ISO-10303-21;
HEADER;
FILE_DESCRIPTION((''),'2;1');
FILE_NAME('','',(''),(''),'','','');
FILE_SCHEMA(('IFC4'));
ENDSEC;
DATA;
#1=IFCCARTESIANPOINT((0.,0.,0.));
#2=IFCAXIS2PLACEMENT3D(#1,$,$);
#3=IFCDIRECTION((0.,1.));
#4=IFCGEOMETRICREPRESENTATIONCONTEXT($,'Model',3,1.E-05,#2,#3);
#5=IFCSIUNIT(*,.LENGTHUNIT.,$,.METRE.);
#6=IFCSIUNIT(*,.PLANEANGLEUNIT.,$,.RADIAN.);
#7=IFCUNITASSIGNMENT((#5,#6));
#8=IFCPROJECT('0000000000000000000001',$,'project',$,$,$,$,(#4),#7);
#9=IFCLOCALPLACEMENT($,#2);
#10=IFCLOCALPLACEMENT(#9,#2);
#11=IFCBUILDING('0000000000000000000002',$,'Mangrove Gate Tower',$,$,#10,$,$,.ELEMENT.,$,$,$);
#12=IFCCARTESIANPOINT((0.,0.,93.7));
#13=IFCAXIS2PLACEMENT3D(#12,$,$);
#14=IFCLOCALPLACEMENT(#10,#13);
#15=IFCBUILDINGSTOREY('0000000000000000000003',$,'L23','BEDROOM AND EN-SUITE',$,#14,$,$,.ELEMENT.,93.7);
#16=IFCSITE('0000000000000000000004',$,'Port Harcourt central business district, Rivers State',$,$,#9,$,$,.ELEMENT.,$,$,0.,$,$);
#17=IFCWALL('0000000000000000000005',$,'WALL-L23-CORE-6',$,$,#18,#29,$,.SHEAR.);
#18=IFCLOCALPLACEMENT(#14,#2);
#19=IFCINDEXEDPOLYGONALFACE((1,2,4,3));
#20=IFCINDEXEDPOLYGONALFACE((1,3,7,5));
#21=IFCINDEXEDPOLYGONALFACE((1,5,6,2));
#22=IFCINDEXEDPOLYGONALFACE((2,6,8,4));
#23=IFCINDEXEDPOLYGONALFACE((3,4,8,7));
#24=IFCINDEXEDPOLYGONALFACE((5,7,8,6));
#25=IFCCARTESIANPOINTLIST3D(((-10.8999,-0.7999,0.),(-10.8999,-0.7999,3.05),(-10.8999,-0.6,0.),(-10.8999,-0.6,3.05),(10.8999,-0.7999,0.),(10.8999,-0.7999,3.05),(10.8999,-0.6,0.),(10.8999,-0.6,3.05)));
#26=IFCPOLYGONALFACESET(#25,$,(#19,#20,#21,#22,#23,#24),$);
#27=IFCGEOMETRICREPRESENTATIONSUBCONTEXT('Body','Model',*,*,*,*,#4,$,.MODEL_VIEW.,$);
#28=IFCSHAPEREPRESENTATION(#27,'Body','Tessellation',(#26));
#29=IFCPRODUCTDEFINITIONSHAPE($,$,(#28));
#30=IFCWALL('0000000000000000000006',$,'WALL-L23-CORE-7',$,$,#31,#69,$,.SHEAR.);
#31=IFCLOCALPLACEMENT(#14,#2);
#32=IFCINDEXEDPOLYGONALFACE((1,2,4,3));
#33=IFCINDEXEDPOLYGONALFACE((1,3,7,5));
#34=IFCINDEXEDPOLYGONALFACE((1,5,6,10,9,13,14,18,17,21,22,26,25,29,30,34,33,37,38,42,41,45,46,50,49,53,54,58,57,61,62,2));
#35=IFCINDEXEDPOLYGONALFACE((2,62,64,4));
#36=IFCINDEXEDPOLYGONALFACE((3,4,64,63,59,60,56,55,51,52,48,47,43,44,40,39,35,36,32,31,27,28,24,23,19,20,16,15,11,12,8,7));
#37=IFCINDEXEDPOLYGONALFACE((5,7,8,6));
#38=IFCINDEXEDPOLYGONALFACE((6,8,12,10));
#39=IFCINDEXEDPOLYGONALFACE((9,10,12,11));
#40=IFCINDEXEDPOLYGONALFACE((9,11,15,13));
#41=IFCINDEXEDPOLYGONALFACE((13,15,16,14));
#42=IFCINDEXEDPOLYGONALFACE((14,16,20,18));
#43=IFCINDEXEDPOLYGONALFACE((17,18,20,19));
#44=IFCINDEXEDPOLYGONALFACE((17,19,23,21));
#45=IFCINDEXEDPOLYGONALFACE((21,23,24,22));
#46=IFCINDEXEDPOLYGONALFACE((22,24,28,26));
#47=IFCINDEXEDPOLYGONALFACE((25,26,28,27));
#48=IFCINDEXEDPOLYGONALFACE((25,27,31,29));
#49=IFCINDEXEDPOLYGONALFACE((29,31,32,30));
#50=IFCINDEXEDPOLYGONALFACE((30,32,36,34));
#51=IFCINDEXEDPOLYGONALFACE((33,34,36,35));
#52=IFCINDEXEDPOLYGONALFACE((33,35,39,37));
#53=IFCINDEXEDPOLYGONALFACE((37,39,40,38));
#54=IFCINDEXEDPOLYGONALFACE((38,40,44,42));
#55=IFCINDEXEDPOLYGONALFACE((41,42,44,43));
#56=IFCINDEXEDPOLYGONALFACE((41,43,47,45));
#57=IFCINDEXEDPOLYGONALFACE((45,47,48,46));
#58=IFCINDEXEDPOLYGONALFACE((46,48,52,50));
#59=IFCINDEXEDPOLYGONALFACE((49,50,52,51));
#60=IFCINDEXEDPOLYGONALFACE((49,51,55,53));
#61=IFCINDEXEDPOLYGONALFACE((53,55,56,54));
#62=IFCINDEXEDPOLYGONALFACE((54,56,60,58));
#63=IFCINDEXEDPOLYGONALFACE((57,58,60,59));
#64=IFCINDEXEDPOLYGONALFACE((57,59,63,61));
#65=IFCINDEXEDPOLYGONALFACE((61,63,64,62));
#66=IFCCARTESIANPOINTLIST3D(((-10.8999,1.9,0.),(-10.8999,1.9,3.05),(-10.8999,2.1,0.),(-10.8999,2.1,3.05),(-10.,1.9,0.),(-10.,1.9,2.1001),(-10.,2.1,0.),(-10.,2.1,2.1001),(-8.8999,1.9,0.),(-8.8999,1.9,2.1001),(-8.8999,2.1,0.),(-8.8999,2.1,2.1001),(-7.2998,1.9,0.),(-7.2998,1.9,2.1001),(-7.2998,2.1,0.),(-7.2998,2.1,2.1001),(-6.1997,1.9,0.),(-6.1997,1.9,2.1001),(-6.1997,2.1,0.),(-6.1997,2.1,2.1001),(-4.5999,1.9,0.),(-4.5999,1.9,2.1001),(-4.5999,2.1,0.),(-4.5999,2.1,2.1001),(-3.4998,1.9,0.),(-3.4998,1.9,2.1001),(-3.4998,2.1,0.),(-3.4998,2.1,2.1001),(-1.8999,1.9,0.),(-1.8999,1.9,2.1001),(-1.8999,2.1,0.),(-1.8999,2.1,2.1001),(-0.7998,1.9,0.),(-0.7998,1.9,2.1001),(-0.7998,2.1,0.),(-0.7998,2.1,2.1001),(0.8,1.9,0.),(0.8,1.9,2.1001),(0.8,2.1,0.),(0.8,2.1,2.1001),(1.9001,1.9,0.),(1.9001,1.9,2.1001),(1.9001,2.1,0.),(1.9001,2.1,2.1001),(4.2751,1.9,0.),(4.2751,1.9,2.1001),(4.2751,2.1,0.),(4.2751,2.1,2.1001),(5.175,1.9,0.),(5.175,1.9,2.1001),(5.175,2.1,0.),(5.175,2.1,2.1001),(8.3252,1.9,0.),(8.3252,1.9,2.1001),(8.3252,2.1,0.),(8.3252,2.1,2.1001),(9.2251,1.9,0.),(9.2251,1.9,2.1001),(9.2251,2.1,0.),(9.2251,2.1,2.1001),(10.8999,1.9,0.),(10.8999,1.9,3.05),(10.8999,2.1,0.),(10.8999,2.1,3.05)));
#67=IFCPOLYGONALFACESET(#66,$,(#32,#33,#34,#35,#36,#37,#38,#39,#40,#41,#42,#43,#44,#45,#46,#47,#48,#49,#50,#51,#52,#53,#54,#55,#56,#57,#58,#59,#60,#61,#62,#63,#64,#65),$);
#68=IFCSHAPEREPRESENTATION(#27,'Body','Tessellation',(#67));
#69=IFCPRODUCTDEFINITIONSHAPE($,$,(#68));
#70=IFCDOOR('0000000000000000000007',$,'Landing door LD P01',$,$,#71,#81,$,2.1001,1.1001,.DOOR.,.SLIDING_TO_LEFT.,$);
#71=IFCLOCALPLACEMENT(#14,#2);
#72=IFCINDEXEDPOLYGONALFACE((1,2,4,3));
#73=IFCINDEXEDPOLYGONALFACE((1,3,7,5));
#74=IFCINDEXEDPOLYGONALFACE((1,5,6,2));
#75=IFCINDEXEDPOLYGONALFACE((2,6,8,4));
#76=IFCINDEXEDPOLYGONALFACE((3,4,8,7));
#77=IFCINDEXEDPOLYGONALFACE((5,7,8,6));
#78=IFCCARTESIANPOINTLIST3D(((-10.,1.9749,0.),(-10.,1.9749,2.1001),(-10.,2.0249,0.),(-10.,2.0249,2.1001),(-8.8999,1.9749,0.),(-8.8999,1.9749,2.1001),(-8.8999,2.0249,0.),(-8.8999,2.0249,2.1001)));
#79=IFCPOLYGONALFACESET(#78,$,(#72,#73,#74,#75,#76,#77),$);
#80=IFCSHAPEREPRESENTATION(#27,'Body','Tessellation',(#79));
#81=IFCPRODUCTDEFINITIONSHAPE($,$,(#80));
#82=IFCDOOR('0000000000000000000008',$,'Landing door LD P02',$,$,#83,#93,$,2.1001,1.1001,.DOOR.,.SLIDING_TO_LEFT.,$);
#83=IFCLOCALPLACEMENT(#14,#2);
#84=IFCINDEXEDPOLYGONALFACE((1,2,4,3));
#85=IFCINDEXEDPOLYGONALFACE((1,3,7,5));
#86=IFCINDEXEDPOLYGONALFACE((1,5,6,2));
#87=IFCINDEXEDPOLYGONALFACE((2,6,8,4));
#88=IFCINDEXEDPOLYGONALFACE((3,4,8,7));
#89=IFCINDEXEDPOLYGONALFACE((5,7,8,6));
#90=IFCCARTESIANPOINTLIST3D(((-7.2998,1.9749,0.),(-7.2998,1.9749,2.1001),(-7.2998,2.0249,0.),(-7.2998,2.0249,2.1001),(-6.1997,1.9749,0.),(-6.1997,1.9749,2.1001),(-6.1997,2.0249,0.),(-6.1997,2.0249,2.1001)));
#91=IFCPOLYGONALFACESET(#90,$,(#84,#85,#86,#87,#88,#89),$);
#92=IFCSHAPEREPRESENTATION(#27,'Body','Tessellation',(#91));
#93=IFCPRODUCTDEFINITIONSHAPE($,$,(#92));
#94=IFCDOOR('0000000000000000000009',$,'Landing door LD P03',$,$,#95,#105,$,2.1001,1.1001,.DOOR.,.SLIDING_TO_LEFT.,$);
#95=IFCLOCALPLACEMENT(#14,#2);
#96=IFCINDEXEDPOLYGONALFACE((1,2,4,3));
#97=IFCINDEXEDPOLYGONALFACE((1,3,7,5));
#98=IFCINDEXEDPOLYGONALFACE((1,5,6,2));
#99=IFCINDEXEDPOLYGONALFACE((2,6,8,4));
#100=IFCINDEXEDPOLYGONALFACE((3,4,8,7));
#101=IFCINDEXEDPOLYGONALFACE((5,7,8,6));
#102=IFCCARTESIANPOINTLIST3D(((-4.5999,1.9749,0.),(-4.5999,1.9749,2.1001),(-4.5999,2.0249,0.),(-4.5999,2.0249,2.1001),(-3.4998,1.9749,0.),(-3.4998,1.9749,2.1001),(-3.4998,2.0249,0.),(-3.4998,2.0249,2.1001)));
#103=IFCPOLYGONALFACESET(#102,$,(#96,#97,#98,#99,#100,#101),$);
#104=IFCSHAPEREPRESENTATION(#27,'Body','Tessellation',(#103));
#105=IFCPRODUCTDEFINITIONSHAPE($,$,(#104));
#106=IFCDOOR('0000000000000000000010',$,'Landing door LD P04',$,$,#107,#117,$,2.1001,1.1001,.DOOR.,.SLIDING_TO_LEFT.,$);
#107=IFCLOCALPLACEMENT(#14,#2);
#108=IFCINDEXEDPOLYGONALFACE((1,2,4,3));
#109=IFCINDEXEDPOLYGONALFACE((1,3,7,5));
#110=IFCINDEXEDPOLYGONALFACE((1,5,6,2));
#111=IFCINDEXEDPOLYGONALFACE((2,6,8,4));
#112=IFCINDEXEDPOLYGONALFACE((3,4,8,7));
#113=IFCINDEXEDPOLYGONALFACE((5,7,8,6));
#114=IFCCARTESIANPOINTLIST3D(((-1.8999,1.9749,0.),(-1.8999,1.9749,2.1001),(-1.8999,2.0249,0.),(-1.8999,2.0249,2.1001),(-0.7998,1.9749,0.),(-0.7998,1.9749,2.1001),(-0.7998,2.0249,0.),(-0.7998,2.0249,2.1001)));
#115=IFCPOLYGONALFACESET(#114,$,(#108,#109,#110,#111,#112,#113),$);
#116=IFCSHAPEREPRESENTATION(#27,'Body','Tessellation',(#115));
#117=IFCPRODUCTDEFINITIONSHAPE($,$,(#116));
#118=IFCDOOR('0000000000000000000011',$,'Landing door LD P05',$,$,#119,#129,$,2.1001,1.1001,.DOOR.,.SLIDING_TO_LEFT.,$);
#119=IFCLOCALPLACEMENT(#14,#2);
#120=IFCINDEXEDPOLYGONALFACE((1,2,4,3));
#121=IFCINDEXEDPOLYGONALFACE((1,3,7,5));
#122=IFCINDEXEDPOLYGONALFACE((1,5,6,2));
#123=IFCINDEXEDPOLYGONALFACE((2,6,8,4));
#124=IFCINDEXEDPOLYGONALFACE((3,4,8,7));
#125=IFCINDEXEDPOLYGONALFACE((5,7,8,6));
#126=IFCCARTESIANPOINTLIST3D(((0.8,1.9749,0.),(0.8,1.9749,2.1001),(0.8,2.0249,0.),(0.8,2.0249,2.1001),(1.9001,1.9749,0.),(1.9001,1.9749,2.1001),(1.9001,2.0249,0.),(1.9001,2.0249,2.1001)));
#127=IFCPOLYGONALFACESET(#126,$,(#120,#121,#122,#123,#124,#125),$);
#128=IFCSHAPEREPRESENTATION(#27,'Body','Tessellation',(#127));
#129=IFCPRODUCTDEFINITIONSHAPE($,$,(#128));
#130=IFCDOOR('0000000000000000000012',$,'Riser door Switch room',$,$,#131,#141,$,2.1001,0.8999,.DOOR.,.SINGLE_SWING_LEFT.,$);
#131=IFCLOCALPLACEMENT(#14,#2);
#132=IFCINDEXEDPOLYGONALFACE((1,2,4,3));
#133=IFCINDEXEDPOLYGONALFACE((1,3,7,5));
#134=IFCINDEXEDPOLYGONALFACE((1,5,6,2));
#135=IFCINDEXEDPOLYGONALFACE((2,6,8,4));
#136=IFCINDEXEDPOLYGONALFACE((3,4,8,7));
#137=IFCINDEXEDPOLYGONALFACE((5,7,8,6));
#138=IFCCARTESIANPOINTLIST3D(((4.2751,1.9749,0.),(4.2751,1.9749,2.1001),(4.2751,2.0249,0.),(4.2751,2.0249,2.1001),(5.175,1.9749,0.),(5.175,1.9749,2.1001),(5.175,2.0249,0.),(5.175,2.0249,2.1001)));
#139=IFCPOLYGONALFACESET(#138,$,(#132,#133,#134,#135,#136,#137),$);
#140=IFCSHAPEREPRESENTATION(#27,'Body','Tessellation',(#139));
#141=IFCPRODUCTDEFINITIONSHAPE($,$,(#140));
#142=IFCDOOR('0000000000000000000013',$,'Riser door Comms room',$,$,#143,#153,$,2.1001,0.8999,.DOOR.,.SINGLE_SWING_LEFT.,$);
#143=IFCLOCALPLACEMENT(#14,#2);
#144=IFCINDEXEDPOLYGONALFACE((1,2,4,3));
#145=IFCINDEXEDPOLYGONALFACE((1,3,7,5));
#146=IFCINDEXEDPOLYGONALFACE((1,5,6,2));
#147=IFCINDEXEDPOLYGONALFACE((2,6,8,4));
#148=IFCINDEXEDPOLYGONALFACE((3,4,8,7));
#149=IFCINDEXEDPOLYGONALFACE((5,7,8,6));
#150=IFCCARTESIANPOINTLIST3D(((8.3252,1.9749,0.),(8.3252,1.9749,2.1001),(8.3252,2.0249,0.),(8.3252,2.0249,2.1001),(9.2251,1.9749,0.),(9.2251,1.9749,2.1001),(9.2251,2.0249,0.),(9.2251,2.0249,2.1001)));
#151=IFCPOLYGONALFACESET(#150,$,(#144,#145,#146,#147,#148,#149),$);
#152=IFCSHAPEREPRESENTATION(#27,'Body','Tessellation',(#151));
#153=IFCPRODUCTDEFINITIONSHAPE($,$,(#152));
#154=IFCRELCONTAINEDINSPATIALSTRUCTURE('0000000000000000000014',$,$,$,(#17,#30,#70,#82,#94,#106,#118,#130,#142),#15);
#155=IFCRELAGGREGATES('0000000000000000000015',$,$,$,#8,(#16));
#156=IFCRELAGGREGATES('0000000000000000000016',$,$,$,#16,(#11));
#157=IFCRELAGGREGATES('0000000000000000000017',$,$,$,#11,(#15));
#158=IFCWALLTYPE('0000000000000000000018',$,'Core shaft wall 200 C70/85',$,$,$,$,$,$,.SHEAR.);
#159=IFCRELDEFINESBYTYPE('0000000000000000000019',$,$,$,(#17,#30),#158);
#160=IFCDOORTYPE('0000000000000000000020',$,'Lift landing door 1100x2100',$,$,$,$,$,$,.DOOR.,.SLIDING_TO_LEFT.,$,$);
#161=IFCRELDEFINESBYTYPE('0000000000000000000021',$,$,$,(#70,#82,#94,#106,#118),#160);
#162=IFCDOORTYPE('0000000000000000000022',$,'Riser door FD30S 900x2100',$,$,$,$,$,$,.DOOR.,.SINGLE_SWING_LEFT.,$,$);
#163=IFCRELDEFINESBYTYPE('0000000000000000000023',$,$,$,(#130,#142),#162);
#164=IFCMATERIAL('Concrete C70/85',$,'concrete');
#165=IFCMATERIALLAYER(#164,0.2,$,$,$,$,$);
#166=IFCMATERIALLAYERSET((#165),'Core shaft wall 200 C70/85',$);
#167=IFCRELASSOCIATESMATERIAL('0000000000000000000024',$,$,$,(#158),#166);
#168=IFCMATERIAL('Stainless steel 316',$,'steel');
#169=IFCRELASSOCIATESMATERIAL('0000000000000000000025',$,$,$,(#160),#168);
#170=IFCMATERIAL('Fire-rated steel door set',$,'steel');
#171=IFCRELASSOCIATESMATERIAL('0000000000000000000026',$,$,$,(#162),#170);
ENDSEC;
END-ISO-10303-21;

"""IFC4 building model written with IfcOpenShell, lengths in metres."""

from ifc_helpers import new_model, si_unit, direction, frame, frame_2d, origin, place, context, subcontext, project, spatial, rectangle, extrude, material, layer, layer_set, type_object, element, fill, save


model = new_model("IFC4")

# Units and contexts
model_context = context("Model", 3, precision=1e-05, world=origin(), true_north=direction((0.0, 1.0)))
body_context = subcontext(model_context, "Body", "Model", "MODEL_VIEW")
ifc_project = project(units=[si_unit("LENGTHUNIT", "METRE"), si_unit("PLANEANGLEUNIT", "RADIAN")], contexts=[model_context])

# Site, building, storey
site_placement = place(None, origin())
site = spatial("IfcSite", under=ifc_project, at=site_placement, Name="Port Harcourt central business district, Rivers State", CompositionType="ELEMENT", RefElevation=0.0)
building_placement = place(site_placement, origin())
building = spatial("IfcBuilding", under=site, at=building_placement, Name="Mangrove Gate Tower", CompositionType="ELEMENT")
storey_placement = place(building_placement, frame((0.0, 0.0, 93.7)))
storey = spatial("IfcBuildingStorey", under=building, at=storey_placement, Name="L23", Description="BEDROOM AND EN-SUITE", CompositionType="ELEMENT", Elevation=93.7)

# Wall
ifc_material_1 = material(Name="Concrete C70/85", Category="concrete")
ifc_layer_1 = layer(ifc_material_1, 0.2)
ifc_layer_set_1 = layer_set([ifc_layer_1], Name="Core shaft wall 200 C70/85")
wall_type_1 = type_object("IfcWallType", Name="Core shaft wall 200 C70/85", PredefinedType="SHEAR", material=ifc_layer_set_1)
wall_1_placement = place(storey_placement, frame((-10.8999, -0.7, 0.0), z_axis=(0.0, 0.0, 1.0), x_axis=(1.0, 0.0, 0.0)))
element("IfcWall", 1, at=wall_1_placement, inside=storey, type_object=wall_type_1, Name="WALL-L23-CORE-6", PredefinedType="SHEAR", context=body_context, shape_type="SweptSolid", body=[
    extrude(rectangle(XDim=21.7998, YDim=0.2, at=frame_2d((10.8999, 0.0))), origin(), (0.0, 0.0, 1.0), 3.05),
])

# Wall, openings, doors
wall_2_placement = place(storey_placement, frame((-10.8999, 2.0, 0.0), z_axis=(0.0, 0.0, 1.0), x_axis=(1.0, 0.0, 0.0)))
wall_2 = element("IfcWall", 2, at=wall_2_placement, inside=storey, type_object=wall_type_1, Name="WALL-L23-CORE-7", PredefinedType="SHEAR", context=body_context, shape_type="SweptSolid", body=[
    extrude(rectangle(XDim=21.7998, YDim=0.2, at=frame_2d((10.8999, 0.0))), origin(), (0.0, 0.0, 1.0), 3.05),
])
opening_1_placement = place(wall_2_placement, frame((0.8999, 0.0, 0.0)))
opening_1 = element("IfcOpeningElement", 3, at=opening_1_placement, cuts=wall_2, PredefinedType="OPENING", context=body_context, shape_type="SweptSolid", body=[
    extrude(rectangle(XDim=1.1001, YDim=2.1001, at=frame_2d((0.55, 1.05))), frame((0.0, 0.1099, 0.0), z_axis=(0.0, -1.0, 0.0), x_axis=(1.0, 0.0, 0.0)), (0.0, 0.0, 1.0), 0.22),
])
opening_2_placement = place(wall_2_placement, frame((3.6001, 0.0, 0.0)))
opening_2 = element("IfcOpeningElement", 4, at=opening_2_placement, cuts=wall_2, PredefinedType="OPENING", context=body_context, shape_type="SweptSolid", body=[
    extrude(rectangle(XDim=1.1001, YDim=2.1001, at=frame_2d((0.55, 1.05))), frame((0.0, 0.1099, 0.0), z_axis=(0.0, -1.0, 0.0), x_axis=(1.0, 0.0, 0.0)), (0.0, 0.0, 1.0), 0.22),
])
opening_3_placement = place(wall_2_placement, frame((6.3, 0.0, 0.0)))
opening_3 = element("IfcOpeningElement", 5, at=opening_3_placement, cuts=wall_2, PredefinedType="OPENING", context=body_context, shape_type="SweptSolid", body=[
    extrude(rectangle(XDim=1.1001, YDim=2.1001, at=frame_2d((0.55, 1.05))), frame((0.0, 0.1099, 0.0), z_axis=(0.0, -1.0, 0.0), x_axis=(1.0, 0.0, 0.0)), (0.0, 0.0, 1.0), 0.22),
])
opening_4_placement = place(wall_2_placement, frame((9.0, 0.0, 0.0)))
opening_4 = element("IfcOpeningElement", 6, at=opening_4_placement, cuts=wall_2, PredefinedType="OPENING", context=body_context, shape_type="SweptSolid", body=[
    extrude(rectangle(XDim=1.1001, YDim=2.1001, at=frame_2d((0.55, 1.05))), frame((0.0, 0.1099, 0.0), z_axis=(0.0, -1.0, 0.0), x_axis=(1.0, 0.0, 0.0)), (0.0, 0.0, 1.0), 0.22),
])
opening_5_placement = place(wall_2_placement, frame((11.7, 0.0, 0.0)))
opening_5 = element("IfcOpeningElement", 7, at=opening_5_placement, cuts=wall_2, PredefinedType="OPENING", context=body_context, shape_type="SweptSolid", body=[
    extrude(rectangle(XDim=1.1001, YDim=2.1001, at=frame_2d((0.55, 1.05))), frame((0.0, 0.1099, 0.0), z_axis=(0.0, -1.0, 0.0), x_axis=(1.0, 0.0, 0.0)), (0.0, 0.0, 1.0), 0.22),
])
opening_6_placement = place(wall_2_placement, frame((15.175, 0.0, 0.0)))
opening_6 = element("IfcOpeningElement", 8, at=opening_6_placement, cuts=wall_2, PredefinedType="OPENING", context=body_context, shape_type="SweptSolid", body=[
    extrude(rectangle(XDim=0.8999, YDim=2.1001, at=frame_2d((0.45, 1.05))), frame((0.0, 0.1099, 0.0), z_axis=(0.0, -1.0, 0.0), x_axis=(1.0, 0.0, 0.0)), (0.0, 0.0, 1.0), 0.22),
])
opening_7_placement = place(wall_2_placement, frame((19.2251, 0.0, 0.0)))
opening_7 = element("IfcOpeningElement", 9, at=opening_7_placement, cuts=wall_2, PredefinedType="OPENING", context=body_context, shape_type="SweptSolid", body=[
    extrude(rectangle(XDim=0.8999, YDim=2.1001, at=frame_2d((0.45, 1.05))), frame((0.0, 0.1099, 0.0), z_axis=(0.0, -1.0, 0.0), x_axis=(1.0, 0.0, 0.0)), (0.0, 0.0, 1.0), 0.22),
])
ifc_material_2 = material(Name="Stainless steel 316", Category="steel")
door_type_1 = type_object("IfcDoorType", Name="Lift landing door 1100x2100", OperationType="SLIDING_TO_LEFT", PredefinedType="DOOR", material=ifc_material_2)
door_1_placement = place(opening_1_placement, origin())
door_1 = element("IfcDoor", 10, at=door_1_placement, inside=storey, type_object=door_type_1, Name="Landing door LD P01", OperationType="SLIDING_TO_LEFT", OverallHeight=2.1001, OverallWidth=1.1001, PredefinedType="DOOR", context=body_context, shape_type="SweptSolid", body=[
    extrude(rectangle(XDim=1.1001, YDim=2.1001, at=frame_2d((0.55, 1.05))), frame((0.0, 0.0249, 0.0), z_axis=(0.0, -1.0, 0.0), x_axis=(1.0, 0.0, 0.0)), (0.0, 0.0, 1.0), 0.05),
])
fill(opening_1, door_1)
door_2_placement = place(opening_2_placement, origin())
door_2 = element("IfcDoor", 11, at=door_2_placement, inside=storey, type_object=door_type_1, Name="Landing door LD P02", OperationType="SLIDING_TO_LEFT", OverallHeight=2.1001, OverallWidth=1.1001, PredefinedType="DOOR", context=body_context, shape_type="SweptSolid", body=[
    extrude(rectangle(XDim=1.1001, YDim=2.1001, at=frame_2d((0.55, 1.05))), frame((0.0, 0.0249, 0.0), z_axis=(0.0, -1.0, 0.0), x_axis=(1.0, 0.0, 0.0)), (0.0, 0.0, 1.0), 0.05),
])
fill(opening_2, door_2)
door_3_placement = place(opening_3_placement, origin())
door_3 = element("IfcDoor", 12, at=door_3_placement, inside=storey, type_object=door_type_1, Name="Landing door LD P03", OperationType="SLIDING_TO_LEFT", OverallHeight=2.1001, OverallWidth=1.1001, PredefinedType="DOOR", context=body_context, shape_type="SweptSolid", body=[
    extrude(rectangle(XDim=1.1001, YDim=2.1001, at=frame_2d((0.55, 1.05))), frame((0.0, 0.0249, 0.0), z_axis=(0.0, -1.0, 0.0), x_axis=(1.0, 0.0, 0.0)), (0.0, 0.0, 1.0), 0.05),
])
fill(opening_3, door_3)
door_4_placement = place(opening_4_placement, origin())
door_4 = element("IfcDoor", 13, at=door_4_placement, inside=storey, type_object=door_type_1, Name="Landing door LD P04", OperationType="SLIDING_TO_LEFT", OverallHeight=2.1001, OverallWidth=1.1001, PredefinedType="DOOR", context=body_context, shape_type="SweptSolid", body=[
    extrude(rectangle(XDim=1.1001, YDim=2.1001, at=frame_2d((0.55, 1.05))), frame((0.0, 0.0249, 0.0), z_axis=(0.0, -1.0, 0.0), x_axis=(1.0, 0.0, 0.0)), (0.0, 0.0, 1.0), 0.05),
])
fill(opening_4, door_4)
door_5_placement = place(opening_5_placement, origin())
door_5 = element("IfcDoor", 14, at=door_5_placement, inside=storey, type_object=door_type_1, Name="Landing door LD P05", OperationType="SLIDING_TO_LEFT", OverallHeight=2.1001, OverallWidth=1.1001, PredefinedType="DOOR", context=body_context, shape_type="SweptSolid", body=[
    extrude(rectangle(XDim=1.1001, YDim=2.1001, at=frame_2d((0.55, 1.05))), frame((0.0, 0.0249, 0.0), z_axis=(0.0, -1.0, 0.0), x_axis=(1.0, 0.0, 0.0)), (0.0, 0.0, 1.0), 0.05),
])
fill(opening_5, door_5)
ifc_material_3 = material(Name="Fire-rated steel door set", Category="steel")
door_type_2 = type_object("IfcDoorType", Name="Riser door FD30S 900x2100", OperationType="SINGLE_SWING_LEFT", PredefinedType="DOOR", material=ifc_material_3)
door_6_placement = place(opening_6_placement, origin())
door_6 = element("IfcDoor", 15, at=door_6_placement, inside=storey, type_object=door_type_2, Name="Riser door Switch room", OperationType="SINGLE_SWING_LEFT", OverallHeight=2.1001, OverallWidth=0.8999, PredefinedType="DOOR", context=body_context, shape_type="SweptSolid", body=[
    extrude(rectangle(XDim=0.8999, YDim=2.1001, at=frame_2d((0.45, 1.05))), frame((0.0, 0.0249, 0.0), z_axis=(0.0, -1.0, 0.0), x_axis=(1.0, 0.0, 0.0)), (0.0, 0.0, 1.0), 0.05),
])
fill(opening_6, door_6)
door_7_placement = place(opening_7_placement, origin())
door_7 = element("IfcDoor", 16, at=door_7_placement, inside=storey, type_object=door_type_2, Name="Riser door Comms room", OperationType="SINGLE_SWING_LEFT", OverallHeight=2.1001, OverallWidth=0.8999, PredefinedType="DOOR", context=body_context, shape_type="SweptSolid", body=[
    extrude(rectangle(XDim=0.8999, YDim=2.1001, at=frame_2d((0.45, 1.05))), frame((0.0, 0.0249, 0.0), z_axis=(0.0, -1.0, 0.0), x_axis=(1.0, 0.0, 0.0)), (0.0, 0.0, 1.0), 0.05),
])
fill(opening_7, door_7)

save(model, "model.ifc")
